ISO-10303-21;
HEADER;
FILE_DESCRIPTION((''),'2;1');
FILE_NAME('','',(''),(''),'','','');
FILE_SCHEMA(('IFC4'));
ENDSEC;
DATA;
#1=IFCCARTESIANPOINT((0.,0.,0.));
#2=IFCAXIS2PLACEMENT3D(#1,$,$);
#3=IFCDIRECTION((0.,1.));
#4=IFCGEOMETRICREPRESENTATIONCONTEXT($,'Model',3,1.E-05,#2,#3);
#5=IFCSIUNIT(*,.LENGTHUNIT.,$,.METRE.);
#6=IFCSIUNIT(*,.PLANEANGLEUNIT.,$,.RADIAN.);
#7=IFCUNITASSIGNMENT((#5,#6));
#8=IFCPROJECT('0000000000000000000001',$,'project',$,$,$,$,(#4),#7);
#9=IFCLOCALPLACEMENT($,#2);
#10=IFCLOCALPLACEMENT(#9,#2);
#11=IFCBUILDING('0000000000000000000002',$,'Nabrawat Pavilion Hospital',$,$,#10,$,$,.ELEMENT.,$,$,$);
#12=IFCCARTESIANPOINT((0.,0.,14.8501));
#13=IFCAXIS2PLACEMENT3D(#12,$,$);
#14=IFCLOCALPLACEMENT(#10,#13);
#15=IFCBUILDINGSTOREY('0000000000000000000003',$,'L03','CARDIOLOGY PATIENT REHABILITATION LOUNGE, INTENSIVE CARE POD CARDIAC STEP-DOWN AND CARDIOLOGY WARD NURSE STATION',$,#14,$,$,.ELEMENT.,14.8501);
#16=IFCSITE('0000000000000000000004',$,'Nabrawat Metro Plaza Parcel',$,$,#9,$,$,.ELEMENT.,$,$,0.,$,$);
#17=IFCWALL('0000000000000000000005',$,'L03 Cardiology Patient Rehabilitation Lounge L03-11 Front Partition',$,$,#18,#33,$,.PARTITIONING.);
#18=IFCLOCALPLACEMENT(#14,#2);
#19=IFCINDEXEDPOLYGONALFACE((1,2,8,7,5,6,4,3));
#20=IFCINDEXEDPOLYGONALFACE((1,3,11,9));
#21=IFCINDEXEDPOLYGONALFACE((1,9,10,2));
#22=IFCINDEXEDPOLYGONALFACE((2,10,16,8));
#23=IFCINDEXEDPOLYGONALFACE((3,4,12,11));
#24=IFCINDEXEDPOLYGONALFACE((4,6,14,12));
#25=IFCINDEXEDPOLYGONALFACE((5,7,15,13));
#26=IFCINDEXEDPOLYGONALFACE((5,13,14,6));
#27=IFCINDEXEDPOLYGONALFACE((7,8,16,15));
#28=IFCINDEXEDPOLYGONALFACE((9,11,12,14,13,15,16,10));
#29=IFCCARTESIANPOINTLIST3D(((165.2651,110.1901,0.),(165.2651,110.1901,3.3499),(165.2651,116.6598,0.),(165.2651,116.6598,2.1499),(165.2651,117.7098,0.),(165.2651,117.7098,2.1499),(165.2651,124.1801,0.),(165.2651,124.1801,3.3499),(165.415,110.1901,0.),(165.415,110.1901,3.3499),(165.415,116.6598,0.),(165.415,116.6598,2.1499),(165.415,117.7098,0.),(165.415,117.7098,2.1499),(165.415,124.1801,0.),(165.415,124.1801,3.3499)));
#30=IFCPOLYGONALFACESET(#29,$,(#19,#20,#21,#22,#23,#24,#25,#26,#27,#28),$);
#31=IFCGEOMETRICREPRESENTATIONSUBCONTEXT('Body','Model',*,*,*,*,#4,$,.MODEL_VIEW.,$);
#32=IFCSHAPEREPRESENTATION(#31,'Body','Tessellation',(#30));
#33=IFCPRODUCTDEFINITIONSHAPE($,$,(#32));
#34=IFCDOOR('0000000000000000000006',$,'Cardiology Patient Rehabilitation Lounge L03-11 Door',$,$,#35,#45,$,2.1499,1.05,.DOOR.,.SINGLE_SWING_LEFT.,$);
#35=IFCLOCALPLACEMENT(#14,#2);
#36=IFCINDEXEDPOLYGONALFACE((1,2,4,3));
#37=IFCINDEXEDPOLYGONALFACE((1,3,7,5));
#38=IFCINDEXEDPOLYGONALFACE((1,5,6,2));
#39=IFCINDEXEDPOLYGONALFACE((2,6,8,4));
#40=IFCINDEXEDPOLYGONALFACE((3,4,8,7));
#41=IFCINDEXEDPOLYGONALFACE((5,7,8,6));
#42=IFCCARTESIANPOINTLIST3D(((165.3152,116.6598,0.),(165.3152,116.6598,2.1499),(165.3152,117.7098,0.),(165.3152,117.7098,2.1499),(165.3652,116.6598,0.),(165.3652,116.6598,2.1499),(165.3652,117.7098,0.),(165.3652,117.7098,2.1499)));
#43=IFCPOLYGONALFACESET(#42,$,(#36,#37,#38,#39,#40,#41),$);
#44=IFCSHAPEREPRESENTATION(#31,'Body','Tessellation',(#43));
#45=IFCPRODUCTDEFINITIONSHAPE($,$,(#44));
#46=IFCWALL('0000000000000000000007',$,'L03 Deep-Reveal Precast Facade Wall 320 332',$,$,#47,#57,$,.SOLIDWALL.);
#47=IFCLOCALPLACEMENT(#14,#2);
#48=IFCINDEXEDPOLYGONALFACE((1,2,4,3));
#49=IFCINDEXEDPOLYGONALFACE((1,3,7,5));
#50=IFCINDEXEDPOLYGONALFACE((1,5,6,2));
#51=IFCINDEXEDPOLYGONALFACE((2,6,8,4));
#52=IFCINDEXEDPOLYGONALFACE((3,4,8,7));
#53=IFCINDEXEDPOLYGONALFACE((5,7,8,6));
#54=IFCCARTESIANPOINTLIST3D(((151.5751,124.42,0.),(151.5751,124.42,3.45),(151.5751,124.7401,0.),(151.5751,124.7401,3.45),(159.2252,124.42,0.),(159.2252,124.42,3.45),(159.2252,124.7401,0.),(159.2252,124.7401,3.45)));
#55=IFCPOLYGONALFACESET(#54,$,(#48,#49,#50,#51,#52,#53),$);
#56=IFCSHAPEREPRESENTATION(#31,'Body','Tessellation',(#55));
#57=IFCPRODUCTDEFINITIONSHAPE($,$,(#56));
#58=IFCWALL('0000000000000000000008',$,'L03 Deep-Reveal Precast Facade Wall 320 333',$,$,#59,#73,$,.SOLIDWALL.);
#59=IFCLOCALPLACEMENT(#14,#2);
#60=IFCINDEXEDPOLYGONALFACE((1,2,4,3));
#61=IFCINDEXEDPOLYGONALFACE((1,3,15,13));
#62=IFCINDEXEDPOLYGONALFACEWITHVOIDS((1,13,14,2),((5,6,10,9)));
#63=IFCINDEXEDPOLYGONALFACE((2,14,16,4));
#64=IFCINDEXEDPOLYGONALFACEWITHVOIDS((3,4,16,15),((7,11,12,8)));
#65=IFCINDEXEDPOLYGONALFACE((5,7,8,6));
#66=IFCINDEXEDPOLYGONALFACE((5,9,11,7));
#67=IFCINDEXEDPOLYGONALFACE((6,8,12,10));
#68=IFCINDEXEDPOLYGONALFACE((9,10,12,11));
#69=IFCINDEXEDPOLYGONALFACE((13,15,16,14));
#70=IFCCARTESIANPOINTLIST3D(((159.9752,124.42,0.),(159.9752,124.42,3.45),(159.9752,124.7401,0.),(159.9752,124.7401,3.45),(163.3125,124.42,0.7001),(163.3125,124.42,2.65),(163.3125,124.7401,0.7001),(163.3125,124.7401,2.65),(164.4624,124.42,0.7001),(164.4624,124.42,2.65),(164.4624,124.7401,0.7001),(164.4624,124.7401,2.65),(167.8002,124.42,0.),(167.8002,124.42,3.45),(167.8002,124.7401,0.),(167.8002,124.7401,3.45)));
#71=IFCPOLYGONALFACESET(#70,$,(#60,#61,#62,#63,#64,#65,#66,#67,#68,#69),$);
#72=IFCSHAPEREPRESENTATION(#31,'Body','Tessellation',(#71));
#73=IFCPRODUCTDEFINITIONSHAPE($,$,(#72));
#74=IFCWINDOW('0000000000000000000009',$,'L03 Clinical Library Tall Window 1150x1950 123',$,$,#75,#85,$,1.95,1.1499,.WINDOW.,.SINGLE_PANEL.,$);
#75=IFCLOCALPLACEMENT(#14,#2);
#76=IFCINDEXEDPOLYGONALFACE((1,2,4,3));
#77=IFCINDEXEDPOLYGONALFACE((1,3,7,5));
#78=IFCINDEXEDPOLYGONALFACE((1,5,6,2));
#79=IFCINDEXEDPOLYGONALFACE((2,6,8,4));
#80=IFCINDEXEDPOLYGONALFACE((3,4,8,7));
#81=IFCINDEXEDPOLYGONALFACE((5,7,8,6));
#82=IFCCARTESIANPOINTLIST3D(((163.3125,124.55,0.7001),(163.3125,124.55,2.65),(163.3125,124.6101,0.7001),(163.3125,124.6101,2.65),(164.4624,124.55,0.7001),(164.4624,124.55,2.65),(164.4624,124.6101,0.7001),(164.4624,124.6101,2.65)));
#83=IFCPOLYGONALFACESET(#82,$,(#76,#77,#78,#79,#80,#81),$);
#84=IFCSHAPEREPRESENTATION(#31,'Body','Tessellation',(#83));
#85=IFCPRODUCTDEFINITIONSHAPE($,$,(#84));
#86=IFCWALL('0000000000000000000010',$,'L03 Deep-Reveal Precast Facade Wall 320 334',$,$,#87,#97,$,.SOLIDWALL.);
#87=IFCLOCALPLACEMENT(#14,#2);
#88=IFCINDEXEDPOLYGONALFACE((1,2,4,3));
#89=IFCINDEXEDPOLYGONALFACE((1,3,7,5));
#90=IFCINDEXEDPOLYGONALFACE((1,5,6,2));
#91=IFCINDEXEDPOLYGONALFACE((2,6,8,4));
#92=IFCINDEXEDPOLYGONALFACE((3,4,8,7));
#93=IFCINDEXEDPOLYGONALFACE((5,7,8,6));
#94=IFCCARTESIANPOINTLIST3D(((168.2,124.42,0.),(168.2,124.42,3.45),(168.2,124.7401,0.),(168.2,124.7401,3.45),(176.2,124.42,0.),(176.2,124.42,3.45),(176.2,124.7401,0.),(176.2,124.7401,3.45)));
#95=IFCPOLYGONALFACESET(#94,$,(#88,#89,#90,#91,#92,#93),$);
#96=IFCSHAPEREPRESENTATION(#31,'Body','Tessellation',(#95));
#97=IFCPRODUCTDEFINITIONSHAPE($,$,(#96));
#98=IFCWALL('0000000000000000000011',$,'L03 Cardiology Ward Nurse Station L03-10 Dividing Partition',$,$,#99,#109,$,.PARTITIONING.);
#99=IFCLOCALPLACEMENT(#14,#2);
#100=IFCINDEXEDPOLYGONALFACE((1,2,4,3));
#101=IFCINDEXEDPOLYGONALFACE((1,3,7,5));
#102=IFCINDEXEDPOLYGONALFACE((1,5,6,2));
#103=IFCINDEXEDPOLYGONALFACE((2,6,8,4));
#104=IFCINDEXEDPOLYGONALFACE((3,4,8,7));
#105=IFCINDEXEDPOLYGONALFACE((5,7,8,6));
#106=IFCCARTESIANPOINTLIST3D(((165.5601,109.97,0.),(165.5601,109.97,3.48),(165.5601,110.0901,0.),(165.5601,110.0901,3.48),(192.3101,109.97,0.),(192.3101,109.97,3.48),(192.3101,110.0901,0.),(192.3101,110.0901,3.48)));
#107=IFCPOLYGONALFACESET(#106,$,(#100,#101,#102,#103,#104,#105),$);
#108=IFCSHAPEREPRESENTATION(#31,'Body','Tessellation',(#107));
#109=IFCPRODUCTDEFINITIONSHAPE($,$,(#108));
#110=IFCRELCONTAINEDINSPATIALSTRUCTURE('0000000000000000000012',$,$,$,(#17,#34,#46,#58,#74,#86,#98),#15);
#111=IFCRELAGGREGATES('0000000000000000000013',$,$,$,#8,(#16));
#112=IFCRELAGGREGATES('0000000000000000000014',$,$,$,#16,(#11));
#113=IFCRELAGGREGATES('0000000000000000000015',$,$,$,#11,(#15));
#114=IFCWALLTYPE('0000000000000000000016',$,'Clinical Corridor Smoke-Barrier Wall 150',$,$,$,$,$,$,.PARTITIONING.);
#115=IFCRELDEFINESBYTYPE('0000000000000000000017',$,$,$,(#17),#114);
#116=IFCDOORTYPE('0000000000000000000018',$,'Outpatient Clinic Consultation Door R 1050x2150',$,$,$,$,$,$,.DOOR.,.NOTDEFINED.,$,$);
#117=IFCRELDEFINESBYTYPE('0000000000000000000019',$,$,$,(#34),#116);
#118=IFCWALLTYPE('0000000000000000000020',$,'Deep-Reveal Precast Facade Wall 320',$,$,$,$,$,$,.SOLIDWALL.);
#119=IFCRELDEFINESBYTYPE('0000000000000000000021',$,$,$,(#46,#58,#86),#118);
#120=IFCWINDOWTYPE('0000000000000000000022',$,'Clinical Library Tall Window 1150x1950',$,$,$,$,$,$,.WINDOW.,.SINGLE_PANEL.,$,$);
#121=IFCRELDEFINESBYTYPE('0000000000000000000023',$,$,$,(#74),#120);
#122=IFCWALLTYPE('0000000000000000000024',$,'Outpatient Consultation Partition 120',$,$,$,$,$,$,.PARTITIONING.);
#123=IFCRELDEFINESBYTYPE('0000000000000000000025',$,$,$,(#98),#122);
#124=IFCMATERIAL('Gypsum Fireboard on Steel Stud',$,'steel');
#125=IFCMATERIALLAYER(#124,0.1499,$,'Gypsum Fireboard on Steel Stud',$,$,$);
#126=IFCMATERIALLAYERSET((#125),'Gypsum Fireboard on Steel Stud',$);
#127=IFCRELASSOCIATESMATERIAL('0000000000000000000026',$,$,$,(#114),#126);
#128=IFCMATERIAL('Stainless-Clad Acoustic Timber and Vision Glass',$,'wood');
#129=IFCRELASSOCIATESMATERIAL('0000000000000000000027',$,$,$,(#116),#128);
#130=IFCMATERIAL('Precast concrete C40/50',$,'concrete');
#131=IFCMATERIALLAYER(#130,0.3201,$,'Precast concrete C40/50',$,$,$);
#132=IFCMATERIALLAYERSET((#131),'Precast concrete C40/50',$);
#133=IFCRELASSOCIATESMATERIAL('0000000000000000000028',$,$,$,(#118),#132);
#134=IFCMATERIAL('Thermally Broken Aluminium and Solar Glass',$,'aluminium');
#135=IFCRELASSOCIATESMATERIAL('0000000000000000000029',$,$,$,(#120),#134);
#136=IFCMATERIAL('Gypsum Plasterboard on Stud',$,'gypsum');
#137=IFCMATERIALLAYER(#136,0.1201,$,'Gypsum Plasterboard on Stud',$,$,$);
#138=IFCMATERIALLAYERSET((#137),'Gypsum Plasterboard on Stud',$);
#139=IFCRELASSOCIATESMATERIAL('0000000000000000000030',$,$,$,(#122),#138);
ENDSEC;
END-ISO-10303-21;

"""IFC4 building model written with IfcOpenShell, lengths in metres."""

from ifc_helpers import new_model, si_unit, direction, frame, frame_2d, origin, place, context, subcontext, project, spatial, rectangle, extrude, material, layer, layer_set, type_object, element, fill, save


model = new_model("IFC4")

# Units and contexts
model_context = context("Model", 3, precision=1e-05, world=origin(), true_north=direction((0.0, 1.0)))
body_context = subcontext(model_context, "Body", "Model", "MODEL_VIEW")
ifc_project = project(units=[si_unit("LENGTHUNIT", "METRE"), si_unit("PLANEANGLEUNIT", "RADIAN")], contexts=[model_context])

# Site, building, storey
site_placement = place(None, origin())
site = spatial("IfcSite", under=ifc_project, at=site_placement, Name="Nabrawat Metro Plaza Parcel", CompositionType="ELEMENT", RefElevation=0.0)
building_placement = place(site_placement, origin())
building = spatial("IfcBuilding", under=site, at=building_placement, Name="Nabrawat Pavilion Hospital", CompositionType="ELEMENT")
storey_placement = place(building_placement, frame((0.0, 0.0, 14.8501)))
storey = spatial("IfcBuildingStorey", under=building, at=storey_placement, Name="L03", Description="CARDIOLOGY PATIENT REHABILITATION LOUNGE, INTENSIVE CARE POD CARDIAC STEP-DOWN AND CARDIOLOGY WARD NURSE STATION", CompositionType="ELEMENT", Elevation=14.8501)

# Wall, opening, door
ifc_material_1 = material(Name="Gypsum Fireboard on Steel Stud", Category="steel")
ifc_layer_1 = layer(ifc_material_1, 0.1499, Name="Gypsum Fireboard on Steel Stud")
ifc_layer_set_1 = layer_set([ifc_layer_1], Name="Gypsum Fireboard on Steel Stud")
wall_type_1 = type_object("IfcWallType", Name="Clinical Corridor Smoke-Barrier Wall 150", PredefinedType="PARTITIONING", material=ifc_layer_set_1)
ifc_material_2 = material(Name="Stainless-Clad Acoustic Timber and Vision Glass", Category="wood")
wall_1_placement = place(storey_placement, frame((165.3401, 110.1899, 0.0), z_axis=(0.0, 0.0, 1.0), x_axis=(0.0, 1.0, 0.0)))
wall_1 = element("IfcWall", 1, at=wall_1_placement, inside=storey, type_object=wall_type_1, Name="L03 Cardiology Patient Rehabilitation Lounge L03-11 Front Partition", PredefinedType="PARTITIONING", context=body_context, shape_type="SweptSolid", body=[
    extrude(rectangle(XDim=13.99, YDim=0.1499, at=frame_2d((6.9951, 0.0))), origin(), (0.0, 0.0, 1.0), 3.3499),
])
opening_1_placement = place(wall_1_placement, frame((6.47, 0.0, 0.0)))
opening_1 = element("IfcOpeningElement", 2, at=opening_1_placement, cuts=wall_1, PredefinedType="OPENING", context=body_context, shape_type="SweptSolid", body=[
    extrude(rectangle(XDim=1.05, YDim=2.1499, at=frame_2d((0.5249, 1.075))), frame((0.0, 0.085, 0.0), z_axis=(0.0, -1.0, 0.0), x_axis=(1.0, 0.0, 0.0)), (0.0, 0.0, 1.0), 0.1699),
])
door_type_1 = type_object("IfcDoorType", Name="Outpatient Clinic Consultation Door R 1050x2150", OperationType="NOTDEFINED", PredefinedType="DOOR", material=ifc_material_2)
door_1_placement = place(opening_1_placement, origin())
door_1 = element("IfcDoor", 3, at=door_1_placement, inside=storey, type_object=door_type_1, Name="Cardiology Patient Rehabilitation Lounge L03-11 Door", OperationType="SINGLE_SWING_LEFT", OverallHeight=2.1499, OverallWidth=1.05, PredefinedType="DOOR", context=body_context, shape_type="SweptSolid", body=[
    extrude(rectangle(XDim=1.05, YDim=2.1499, at=frame_2d((0.5249, 1.075))), frame((0.0, 0.0249, 0.0), z_axis=(0.0, -1.0, 0.0), x_axis=(1.0, 0.0, 0.0)), (0.0, 0.0, 1.0), 0.05),
])
fill(opening_1, door_1)

# Wall
ifc_material_3 = material(Name="Precast concrete C40/50", Category="concrete")
ifc_layer_2 = layer(ifc_material_3, 0.3201, Name="Precast concrete C40/50")
ifc_layer_set_2 = layer_set([ifc_layer_2], Name="Precast concrete C40/50")
wall_type_2 = type_object("IfcWallType", Name="Deep-Reveal Precast Facade Wall 320", PredefinedType="SOLIDWALL", material=ifc_layer_set_2)
wall_2_placement = place(storey_placement, frame((151.575, 124.5801, 0.0), z_axis=(0.0, 0.0, 1.0), x_axis=(1.0, 0.0, 0.0)))
element("IfcWall", 4, at=wall_2_placement, inside=storey, type_object=wall_type_2, Name="L03 Deep-Reveal Precast Facade Wall 320 332", PredefinedType="SOLIDWALL", context=body_context, shape_type="SweptSolid", body=[
    extrude(rectangle(XDim=7.6501, YDim=0.3201, at=frame_2d((3.8252, 0.0))), origin(), (0.0, 0.0, 1.0), 3.45),
])

# Wall, opening, window
wall_3_placement = place(storey_placement, frame((159.9751, 124.5801, 0.0), z_axis=(0.0, 0.0, 1.0), x_axis=(1.0, 0.0, 0.0)))
wall_3 = element("IfcWall", 5, at=wall_3_placement, inside=storey, type_object=wall_type_2, Name="L03 Deep-Reveal Precast Facade Wall 320 333", PredefinedType="SOLIDWALL", context=body_context, shape_type="SweptSolid", body=[
    extrude(rectangle(XDim=7.825, YDim=0.3201, at=frame_2d((3.9126, 0.0))), origin(), (0.0, 0.0, 1.0), 3.45),
])
opening_2_placement = place(wall_3_placement, frame((3.3374, 0.0, 0.7)))
opening_2 = element("IfcOpeningElement", 6, at=opening_2_placement, cuts=wall_3, PredefinedType="OPENING", context=body_context, shape_type="SweptSolid", body=[
    extrude(rectangle(XDim=1.1499, YDim=1.95, at=frame_2d((0.575, 0.9751))), frame((0.0, 0.1699, 0.0), z_axis=(0.0, -1.0, 0.0), x_axis=(1.0, 0.0, 0.0)), (0.0, 0.0, 1.0), 0.3401),
])
ifc_material_4 = material(Name="Thermally Broken Aluminium and Solar Glass", Category="aluminium")
window_type = type_object("IfcWindowType", Name="Clinical Library Tall Window 1150x1950", PartitioningType="SINGLE_PANEL", PredefinedType="WINDOW", material=ifc_material_4)
window_placement = place(opening_2_placement, origin())
window = element("IfcWindow", 7, at=window_placement, inside=storey, type_object=window_type, Name="L03 Clinical Library Tall Window 1150x1950 123", OverallHeight=1.95, OverallWidth=1.1499, PartitioningType="SINGLE_PANEL", PredefinedType="WINDOW", context=body_context, shape_type="SweptSolid", body=[
    extrude(rectangle(XDim=1.1499, YDim=1.95, at=frame_2d((0.575, 0.9751))), frame((0.0, 0.03, 0.0), z_axis=(0.0, -1.0, 0.0), x_axis=(1.0, 0.0, 0.0)), (0.0, 0.0, 1.0), 0.0601),
])
fill(opening_2, window)

# Walls
wall_4_placement = place(storey_placement, frame((168.2, 124.5801, 0.0), z_axis=(0.0, 0.0, 1.0), x_axis=(1.0, 0.0, 0.0)))
element("IfcWall", 8, at=wall_4_placement, inside=storey, type_object=wall_type_2, Name="L03 Deep-Reveal Precast Facade Wall 320 334", PredefinedType="SOLIDWALL", context=body_context, shape_type="SweptSolid", body=[
    extrude(rectangle(XDim=8.0, YDim=0.3201, at=frame_2d((4.0, 0.0))), origin(), (0.0, 0.0, 1.0), 3.45),
])
ifc_material_5 = material(Name="Gypsum Plasterboard on Stud", Category="gypsum")
ifc_layer_3 = layer(ifc_material_5, 0.1201, Name="Gypsum Plasterboard on Stud")
ifc_layer_set_3 = layer_set([ifc_layer_3], Name="Gypsum Plasterboard on Stud")
wall_type_3 = type_object("IfcWallType", Name="Outpatient Consultation Partition 120", PredefinedType="PARTITIONING", material=ifc_layer_set_3)
wall_5_placement = place(storey_placement, frame((165.5601, 110.03, 0.0), z_axis=(0.0, 0.0, 1.0), x_axis=(1.0, 0.0, 0.0)))
element("IfcWall", 9, at=wall_5_placement, inside=storey, type_object=wall_type_3, Name="L03 Cardiology Ward Nurse Station L03-10 Dividing Partition", PredefinedType="PARTITIONING", context=body_context, shape_type="SweptSolid", body=[
    extrude(rectangle(XDim=26.75, YDim=0.1201, at=frame_2d((13.375, 0.0))), origin(), (0.0, 0.0, 1.0), 3.48),
])

save(model, "model.ifc")
